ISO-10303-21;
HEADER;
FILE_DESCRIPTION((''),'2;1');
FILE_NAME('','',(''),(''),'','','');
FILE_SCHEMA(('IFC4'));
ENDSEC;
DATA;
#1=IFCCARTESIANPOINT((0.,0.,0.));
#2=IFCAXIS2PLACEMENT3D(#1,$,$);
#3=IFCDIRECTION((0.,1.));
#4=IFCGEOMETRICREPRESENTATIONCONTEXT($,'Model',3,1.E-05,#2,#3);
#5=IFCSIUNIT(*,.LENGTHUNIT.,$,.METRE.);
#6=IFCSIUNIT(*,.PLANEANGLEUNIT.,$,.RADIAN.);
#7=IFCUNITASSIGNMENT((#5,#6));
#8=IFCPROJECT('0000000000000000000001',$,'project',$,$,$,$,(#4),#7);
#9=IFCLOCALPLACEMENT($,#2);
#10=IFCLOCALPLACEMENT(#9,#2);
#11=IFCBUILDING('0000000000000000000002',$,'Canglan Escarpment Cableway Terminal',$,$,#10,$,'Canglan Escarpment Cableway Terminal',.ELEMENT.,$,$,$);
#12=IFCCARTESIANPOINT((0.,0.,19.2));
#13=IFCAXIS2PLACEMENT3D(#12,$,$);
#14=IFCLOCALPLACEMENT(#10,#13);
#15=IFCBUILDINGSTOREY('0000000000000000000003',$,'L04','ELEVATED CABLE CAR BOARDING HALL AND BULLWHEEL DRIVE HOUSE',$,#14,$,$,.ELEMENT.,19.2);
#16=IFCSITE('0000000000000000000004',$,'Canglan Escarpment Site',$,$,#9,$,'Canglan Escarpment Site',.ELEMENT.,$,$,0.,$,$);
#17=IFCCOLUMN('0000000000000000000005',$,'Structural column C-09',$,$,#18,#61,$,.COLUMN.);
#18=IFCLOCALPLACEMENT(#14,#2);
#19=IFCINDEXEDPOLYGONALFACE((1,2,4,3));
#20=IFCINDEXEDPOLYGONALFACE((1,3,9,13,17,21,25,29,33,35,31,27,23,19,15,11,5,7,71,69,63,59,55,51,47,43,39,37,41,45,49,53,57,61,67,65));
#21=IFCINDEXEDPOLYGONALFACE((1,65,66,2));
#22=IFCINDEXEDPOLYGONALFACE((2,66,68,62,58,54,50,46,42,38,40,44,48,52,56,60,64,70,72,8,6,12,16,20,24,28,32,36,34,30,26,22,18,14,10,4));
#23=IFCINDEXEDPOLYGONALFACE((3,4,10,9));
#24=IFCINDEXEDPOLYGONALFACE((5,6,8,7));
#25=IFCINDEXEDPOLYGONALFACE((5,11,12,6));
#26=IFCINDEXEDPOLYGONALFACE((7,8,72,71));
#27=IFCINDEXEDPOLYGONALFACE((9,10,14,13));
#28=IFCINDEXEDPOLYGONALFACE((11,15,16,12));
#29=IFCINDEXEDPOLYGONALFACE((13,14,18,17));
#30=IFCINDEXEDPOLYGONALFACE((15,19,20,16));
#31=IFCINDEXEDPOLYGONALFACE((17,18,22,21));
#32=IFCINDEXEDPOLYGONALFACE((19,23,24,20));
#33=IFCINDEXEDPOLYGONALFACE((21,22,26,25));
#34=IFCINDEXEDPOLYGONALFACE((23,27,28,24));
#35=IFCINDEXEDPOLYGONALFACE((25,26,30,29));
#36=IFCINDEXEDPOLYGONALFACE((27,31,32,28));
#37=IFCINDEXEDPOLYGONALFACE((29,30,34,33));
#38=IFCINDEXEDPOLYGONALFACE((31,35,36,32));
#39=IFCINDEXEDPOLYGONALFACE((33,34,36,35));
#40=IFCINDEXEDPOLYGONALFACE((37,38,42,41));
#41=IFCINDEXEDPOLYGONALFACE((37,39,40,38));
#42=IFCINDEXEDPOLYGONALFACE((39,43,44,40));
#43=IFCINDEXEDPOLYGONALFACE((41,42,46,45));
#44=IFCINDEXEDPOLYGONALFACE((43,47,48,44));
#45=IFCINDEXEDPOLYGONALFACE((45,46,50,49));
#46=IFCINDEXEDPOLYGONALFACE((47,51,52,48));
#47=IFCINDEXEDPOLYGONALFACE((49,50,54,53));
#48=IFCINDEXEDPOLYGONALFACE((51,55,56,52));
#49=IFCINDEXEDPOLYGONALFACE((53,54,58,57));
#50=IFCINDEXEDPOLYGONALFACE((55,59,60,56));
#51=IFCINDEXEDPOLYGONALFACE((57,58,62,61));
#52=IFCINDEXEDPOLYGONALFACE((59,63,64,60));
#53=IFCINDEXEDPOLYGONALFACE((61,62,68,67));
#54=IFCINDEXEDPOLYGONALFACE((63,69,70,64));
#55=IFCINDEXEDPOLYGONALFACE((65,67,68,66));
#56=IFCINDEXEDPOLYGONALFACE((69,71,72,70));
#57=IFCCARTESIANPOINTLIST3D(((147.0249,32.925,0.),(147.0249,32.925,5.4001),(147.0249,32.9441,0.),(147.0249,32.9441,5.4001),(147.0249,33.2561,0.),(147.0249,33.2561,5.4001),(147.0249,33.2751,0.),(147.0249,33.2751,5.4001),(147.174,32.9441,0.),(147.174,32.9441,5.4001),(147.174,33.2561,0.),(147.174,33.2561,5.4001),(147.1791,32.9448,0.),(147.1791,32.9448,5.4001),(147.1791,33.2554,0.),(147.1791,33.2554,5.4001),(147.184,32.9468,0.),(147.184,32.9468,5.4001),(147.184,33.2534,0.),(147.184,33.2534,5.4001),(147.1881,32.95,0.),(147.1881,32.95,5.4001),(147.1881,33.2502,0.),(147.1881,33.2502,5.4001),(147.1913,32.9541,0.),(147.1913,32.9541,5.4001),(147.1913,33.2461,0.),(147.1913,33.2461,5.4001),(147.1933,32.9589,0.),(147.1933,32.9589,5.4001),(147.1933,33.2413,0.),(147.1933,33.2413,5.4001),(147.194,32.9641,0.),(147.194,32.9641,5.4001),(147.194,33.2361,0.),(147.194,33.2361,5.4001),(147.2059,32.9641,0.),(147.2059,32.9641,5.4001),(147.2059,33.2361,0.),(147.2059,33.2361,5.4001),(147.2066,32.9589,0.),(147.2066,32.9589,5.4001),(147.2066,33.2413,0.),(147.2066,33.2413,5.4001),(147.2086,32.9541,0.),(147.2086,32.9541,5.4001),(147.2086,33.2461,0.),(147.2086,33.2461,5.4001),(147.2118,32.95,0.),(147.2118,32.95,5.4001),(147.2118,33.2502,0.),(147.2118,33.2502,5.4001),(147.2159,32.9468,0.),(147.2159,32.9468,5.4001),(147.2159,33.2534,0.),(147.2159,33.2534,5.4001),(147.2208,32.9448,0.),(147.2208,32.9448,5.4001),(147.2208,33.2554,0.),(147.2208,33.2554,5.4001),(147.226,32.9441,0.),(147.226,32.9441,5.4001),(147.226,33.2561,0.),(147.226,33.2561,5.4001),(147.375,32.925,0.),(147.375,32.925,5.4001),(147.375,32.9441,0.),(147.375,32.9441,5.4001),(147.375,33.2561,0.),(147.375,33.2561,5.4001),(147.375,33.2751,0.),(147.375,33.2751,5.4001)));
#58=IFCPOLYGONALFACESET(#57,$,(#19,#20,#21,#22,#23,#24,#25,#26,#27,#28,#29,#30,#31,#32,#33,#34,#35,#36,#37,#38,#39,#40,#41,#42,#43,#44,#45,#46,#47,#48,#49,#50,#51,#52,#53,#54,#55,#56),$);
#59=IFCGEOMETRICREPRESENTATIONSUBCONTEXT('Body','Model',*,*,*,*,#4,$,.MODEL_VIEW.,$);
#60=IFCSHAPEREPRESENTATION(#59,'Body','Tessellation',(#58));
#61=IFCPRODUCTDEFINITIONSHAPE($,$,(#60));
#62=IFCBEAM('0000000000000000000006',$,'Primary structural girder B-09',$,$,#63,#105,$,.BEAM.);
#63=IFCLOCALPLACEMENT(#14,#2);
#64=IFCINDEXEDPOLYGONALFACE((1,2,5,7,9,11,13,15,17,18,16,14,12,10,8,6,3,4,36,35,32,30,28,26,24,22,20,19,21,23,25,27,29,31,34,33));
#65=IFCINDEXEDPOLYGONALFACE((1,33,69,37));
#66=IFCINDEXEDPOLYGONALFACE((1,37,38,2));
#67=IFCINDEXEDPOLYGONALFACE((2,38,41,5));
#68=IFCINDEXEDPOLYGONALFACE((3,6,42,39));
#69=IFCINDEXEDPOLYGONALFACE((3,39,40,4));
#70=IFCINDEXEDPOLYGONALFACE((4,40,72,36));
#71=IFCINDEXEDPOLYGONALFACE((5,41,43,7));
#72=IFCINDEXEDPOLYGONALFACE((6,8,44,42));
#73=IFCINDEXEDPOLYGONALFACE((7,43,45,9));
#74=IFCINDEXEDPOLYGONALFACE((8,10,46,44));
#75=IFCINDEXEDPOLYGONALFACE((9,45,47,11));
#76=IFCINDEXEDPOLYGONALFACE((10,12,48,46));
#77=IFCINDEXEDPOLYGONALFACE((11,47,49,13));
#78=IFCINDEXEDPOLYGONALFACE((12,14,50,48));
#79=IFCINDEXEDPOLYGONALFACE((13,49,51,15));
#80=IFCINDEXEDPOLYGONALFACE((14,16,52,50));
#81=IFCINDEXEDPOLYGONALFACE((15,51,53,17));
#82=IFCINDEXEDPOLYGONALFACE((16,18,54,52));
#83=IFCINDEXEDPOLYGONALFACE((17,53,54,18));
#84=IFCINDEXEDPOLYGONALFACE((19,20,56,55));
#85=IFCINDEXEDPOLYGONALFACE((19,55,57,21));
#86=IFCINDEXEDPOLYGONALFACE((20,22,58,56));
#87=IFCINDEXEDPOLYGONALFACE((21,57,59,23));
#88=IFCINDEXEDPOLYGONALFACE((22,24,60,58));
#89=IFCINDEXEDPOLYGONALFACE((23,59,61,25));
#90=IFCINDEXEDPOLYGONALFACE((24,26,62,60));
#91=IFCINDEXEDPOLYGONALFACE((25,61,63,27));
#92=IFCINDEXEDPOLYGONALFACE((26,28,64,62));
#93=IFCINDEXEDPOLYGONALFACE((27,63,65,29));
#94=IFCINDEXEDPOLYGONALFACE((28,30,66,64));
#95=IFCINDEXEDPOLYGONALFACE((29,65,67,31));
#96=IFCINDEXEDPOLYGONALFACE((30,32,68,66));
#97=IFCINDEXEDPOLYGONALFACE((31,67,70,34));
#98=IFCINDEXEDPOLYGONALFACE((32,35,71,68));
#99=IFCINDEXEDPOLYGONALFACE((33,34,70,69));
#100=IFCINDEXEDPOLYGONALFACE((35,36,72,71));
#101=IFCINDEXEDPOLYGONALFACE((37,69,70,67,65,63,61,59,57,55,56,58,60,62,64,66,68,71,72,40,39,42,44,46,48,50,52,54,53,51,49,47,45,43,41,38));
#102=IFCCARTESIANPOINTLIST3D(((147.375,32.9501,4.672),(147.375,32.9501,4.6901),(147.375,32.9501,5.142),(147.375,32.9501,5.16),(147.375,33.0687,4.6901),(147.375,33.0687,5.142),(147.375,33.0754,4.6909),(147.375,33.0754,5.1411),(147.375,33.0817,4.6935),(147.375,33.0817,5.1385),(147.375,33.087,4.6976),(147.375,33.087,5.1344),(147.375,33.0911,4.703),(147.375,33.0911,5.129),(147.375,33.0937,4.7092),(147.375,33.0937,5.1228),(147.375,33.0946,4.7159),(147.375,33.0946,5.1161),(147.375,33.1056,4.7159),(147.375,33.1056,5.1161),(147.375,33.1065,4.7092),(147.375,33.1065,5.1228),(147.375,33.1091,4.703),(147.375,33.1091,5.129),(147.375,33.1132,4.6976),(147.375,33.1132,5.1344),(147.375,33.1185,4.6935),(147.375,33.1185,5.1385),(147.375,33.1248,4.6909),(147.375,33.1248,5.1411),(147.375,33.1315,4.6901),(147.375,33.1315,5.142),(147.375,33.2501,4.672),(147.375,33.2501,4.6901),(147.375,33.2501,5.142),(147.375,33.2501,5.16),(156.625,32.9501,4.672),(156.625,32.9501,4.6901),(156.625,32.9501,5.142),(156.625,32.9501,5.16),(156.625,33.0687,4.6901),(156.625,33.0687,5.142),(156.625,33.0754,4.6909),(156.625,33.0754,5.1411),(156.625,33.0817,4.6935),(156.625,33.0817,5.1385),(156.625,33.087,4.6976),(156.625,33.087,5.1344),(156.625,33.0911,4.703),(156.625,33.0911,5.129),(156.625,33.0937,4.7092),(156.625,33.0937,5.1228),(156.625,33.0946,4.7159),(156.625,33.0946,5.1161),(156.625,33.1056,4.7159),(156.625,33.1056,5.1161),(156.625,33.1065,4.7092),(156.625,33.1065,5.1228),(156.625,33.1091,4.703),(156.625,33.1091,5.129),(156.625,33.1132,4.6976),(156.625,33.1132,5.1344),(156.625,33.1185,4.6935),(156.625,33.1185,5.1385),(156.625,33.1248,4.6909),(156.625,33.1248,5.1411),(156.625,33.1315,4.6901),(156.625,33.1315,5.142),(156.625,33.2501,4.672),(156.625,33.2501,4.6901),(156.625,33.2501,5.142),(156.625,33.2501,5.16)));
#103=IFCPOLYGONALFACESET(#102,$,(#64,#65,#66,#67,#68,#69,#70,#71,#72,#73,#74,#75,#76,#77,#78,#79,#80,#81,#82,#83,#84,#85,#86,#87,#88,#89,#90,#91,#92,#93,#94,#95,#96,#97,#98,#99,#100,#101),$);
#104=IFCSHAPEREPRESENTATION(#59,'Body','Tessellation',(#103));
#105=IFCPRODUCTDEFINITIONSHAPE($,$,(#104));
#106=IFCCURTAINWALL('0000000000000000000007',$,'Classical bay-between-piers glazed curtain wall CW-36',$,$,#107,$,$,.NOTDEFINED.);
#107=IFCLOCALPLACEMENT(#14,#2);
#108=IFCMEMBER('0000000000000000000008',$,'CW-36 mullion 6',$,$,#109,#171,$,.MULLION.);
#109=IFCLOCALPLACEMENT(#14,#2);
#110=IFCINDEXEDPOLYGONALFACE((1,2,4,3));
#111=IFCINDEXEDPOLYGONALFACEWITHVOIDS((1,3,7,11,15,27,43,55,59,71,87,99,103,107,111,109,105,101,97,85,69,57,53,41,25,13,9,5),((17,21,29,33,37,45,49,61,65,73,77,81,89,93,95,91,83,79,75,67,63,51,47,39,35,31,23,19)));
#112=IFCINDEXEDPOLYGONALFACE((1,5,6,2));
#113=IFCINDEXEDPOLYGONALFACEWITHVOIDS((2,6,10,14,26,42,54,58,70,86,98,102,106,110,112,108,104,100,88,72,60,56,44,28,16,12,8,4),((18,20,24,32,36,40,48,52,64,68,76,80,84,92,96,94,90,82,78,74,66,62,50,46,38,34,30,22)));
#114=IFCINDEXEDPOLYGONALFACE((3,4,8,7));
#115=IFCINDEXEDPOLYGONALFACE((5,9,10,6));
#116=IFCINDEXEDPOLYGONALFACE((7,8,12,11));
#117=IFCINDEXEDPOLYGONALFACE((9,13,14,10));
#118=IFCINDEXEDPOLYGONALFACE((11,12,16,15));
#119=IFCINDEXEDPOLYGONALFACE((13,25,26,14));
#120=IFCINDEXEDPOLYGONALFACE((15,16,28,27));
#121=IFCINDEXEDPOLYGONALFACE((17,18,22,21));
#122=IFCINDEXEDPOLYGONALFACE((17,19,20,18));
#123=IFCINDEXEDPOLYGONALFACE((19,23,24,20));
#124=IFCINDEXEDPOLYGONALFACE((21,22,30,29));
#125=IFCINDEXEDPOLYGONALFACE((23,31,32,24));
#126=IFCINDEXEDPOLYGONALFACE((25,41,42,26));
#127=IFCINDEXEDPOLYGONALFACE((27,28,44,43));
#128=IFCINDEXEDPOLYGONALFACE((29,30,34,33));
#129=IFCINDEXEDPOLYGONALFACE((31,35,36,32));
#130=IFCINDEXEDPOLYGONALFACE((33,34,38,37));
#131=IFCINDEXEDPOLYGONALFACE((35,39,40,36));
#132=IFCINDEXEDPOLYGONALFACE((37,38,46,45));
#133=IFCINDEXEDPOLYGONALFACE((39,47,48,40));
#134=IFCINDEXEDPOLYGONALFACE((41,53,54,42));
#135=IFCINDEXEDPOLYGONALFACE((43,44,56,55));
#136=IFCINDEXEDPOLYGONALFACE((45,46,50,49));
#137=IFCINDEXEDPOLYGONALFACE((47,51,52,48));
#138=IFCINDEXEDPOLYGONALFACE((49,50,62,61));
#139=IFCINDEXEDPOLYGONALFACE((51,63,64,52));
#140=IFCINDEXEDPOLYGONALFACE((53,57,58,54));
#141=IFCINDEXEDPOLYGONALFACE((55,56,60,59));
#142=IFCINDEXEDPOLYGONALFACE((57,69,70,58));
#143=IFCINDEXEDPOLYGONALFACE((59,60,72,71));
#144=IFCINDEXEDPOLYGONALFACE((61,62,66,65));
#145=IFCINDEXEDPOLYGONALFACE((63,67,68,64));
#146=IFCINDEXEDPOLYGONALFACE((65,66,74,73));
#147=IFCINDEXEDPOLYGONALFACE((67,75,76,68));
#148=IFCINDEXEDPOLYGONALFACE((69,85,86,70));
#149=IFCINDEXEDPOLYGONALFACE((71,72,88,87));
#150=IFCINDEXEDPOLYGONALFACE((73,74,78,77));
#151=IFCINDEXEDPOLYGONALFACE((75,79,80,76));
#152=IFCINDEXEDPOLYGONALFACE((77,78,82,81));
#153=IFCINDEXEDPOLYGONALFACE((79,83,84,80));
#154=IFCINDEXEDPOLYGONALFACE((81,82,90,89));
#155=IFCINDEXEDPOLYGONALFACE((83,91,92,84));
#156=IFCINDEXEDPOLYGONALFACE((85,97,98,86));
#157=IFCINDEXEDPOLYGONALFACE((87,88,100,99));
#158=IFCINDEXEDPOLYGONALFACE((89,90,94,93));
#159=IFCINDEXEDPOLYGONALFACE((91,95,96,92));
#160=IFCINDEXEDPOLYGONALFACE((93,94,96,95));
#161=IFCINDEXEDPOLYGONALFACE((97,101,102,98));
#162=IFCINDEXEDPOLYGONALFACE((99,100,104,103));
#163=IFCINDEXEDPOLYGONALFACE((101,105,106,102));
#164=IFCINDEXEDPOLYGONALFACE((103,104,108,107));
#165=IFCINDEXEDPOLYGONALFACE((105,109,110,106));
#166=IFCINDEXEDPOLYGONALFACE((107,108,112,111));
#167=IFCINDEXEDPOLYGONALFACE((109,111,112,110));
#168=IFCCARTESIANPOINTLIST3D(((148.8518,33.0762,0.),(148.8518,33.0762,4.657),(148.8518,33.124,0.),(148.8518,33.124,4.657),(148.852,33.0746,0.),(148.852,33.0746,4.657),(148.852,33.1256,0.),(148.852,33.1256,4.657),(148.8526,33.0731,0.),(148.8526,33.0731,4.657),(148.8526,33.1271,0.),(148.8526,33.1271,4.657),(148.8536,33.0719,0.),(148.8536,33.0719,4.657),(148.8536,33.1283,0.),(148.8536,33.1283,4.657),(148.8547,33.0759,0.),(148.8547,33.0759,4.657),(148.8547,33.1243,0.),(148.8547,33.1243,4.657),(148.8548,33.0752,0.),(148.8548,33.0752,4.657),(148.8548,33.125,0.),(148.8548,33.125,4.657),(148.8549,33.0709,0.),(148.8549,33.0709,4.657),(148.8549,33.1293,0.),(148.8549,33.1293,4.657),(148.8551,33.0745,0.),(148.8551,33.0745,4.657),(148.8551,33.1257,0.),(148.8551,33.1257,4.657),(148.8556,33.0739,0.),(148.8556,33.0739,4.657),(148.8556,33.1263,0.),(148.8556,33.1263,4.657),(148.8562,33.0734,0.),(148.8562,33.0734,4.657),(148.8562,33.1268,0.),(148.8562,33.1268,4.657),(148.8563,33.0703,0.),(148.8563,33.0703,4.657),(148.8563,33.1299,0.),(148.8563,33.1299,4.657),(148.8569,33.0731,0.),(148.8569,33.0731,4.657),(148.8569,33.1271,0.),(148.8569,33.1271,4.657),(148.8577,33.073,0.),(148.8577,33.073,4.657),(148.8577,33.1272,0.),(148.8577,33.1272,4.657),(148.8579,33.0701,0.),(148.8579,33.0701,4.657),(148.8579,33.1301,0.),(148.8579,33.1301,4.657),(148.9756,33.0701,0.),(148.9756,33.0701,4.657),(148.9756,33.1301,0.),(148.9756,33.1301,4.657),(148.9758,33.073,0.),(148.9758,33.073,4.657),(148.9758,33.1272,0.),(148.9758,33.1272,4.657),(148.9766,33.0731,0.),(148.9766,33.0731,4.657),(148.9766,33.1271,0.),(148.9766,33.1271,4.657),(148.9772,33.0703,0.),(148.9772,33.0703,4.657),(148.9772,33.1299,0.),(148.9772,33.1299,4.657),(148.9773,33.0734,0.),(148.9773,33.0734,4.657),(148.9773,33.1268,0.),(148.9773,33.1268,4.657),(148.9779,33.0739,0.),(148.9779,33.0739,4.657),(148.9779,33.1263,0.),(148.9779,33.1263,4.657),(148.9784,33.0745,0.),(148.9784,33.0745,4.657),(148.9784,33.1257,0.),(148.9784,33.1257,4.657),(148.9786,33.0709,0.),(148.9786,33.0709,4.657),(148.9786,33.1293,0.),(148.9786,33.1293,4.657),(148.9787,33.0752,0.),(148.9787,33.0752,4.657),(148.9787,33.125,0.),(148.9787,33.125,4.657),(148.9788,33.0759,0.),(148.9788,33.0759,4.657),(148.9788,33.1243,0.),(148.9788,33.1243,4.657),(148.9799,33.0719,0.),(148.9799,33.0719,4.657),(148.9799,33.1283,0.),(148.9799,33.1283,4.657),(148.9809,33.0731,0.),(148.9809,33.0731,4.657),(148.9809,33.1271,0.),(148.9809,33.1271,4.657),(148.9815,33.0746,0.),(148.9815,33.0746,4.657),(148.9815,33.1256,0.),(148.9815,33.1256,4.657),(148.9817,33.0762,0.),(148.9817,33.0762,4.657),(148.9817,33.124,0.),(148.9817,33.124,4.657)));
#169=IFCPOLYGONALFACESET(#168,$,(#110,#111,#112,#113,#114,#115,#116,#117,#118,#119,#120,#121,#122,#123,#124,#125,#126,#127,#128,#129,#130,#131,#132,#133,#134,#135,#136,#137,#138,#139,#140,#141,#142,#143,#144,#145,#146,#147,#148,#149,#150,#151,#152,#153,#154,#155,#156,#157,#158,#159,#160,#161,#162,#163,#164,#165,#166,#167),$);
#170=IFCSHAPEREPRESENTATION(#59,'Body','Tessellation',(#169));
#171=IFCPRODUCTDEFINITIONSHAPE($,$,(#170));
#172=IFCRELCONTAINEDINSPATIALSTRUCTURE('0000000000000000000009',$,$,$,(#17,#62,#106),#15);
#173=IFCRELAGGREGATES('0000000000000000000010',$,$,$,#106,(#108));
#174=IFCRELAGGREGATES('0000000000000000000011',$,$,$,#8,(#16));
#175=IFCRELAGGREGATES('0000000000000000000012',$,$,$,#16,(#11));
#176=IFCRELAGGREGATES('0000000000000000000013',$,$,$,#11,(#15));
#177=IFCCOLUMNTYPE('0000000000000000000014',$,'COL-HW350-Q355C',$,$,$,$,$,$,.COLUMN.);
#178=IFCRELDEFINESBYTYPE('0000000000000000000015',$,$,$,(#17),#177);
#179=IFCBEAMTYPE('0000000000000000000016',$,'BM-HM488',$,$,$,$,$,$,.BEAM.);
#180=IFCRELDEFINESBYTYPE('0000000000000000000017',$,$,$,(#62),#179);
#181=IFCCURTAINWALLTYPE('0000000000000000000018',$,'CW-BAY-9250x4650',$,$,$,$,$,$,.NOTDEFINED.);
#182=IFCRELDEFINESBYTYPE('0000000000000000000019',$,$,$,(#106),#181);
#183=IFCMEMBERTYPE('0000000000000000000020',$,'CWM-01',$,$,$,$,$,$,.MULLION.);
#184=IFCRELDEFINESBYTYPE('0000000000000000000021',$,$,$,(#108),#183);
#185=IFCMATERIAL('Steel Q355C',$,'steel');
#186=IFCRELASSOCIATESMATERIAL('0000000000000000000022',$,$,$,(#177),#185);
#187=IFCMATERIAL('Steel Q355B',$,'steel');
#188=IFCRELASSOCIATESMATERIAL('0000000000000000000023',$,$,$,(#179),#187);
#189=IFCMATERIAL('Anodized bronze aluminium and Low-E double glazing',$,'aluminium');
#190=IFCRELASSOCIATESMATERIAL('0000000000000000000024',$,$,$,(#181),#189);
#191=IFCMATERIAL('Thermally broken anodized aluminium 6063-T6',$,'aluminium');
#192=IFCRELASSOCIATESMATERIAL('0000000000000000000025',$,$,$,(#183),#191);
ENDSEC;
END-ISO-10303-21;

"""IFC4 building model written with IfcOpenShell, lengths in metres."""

from ifc_helpers import new_model, si_unit, direction, frame, origin, origin_2d, place, context, subcontext, project, spatial, hollow_rectangle, i_section, extrude, material, material_profile, profile_set, type_object, element, aggregate, save


model = new_model("IFC4")

# Units and contexts
model_context = context("Model", 3, precision=1e-05, world=origin(), true_north=direction((0.0, 1.0)))
body_context = subcontext(model_context, "Body", "Model", "MODEL_VIEW")
ifc_project = project(units=[si_unit("LENGTHUNIT", "METRE"), si_unit("PLANEANGLEUNIT", "RADIAN")], contexts=[model_context])

# Site, building, storey
site_placement = place(None, origin())
site = spatial("IfcSite", under=ifc_project, at=site_placement, Name="Canglan Escarpment Site", LongName="Canglan Escarpment Site", CompositionType="ELEMENT", RefElevation=0.0)
building_placement = place(site_placement, origin())
building = spatial("IfcBuilding", under=site, at=building_placement, Name="Canglan Escarpment Cableway Terminal", LongName="Canglan Escarpment Cableway Terminal", CompositionType="ELEMENT")
storey_placement = place(building_placement, frame((0.0, 0.0, 19.2)))
storey = spatial("IfcBuildingStorey", under=building, at=storey_placement, Name="L04", Description="ELEVATED CABLE CAR BOARDING HALL AND BULLWHEEL DRIVE HOUSE", CompositionType="ELEMENT", Elevation=19.2)

# Column
ifc_material_1 = material(Name="Steel Q355C", Category="steel")
ifc_material_profile_1 = material_profile(ifc_material_1, i_section(OverallWidth=0.3501, OverallDepth=0.3501, WebThickness=0.012, FlangeThickness=0.019, FilletRadius=0.02, at=origin_2d()), Name="HW 350x350x12x19")
ifc_profile_set_1 = profile_set([ifc_material_profile_1], Name="Steel Q355C")
column_type = type_object("IfcColumnType", Name="COL-HW350-Q355C", PredefinedType="COLUMN", material=ifc_profile_set_1)
column_placement = place(storey_placement, frame((147.2, 33.1001, 0.0), z_axis=(0.0, 0.0, 1.0), x_axis=(1.0, 0.0, 0.0)))
element("IfcColumn", 1, at=column_placement, inside=storey, type_object=column_type, Name="Structural column C-09", PredefinedType="COLUMN", context=body_context, shape_type="SweptSolid", body=[
    extrude(i_section(OverallWidth=0.3501, OverallDepth=0.3501, WebThickness=0.012, FlangeThickness=0.019, FilletRadius=0.02, at=origin_2d()), origin(), (0.0, 0.0, 1.0), 5.4001),
])

# Beam
ifc_material_2 = material(Name="Steel Q355B", Category="steel")
ifc_material_profile_2 = material_profile(ifc_material_2, i_section(OverallWidth=0.3, OverallDepth=0.488, WebThickness=0.011, FlangeThickness=0.0181, FilletRadius=0.0259, at=origin_2d()), Name="HM 488x300x11x18")
ifc_profile_set_2 = profile_set([ifc_material_profile_2], Name="Steel Q355B")
beam_type_1 = type_object("IfcBeamType", Name="BM-HM488", PredefinedType="BEAM", material=ifc_profile_set_2)
beam_placement = place(storey_placement, frame((147.375, 33.1001, 4.916), z_axis=(1.0, 0.0, 0.0), x_axis=(0.0, 1.0, 0.0)))
element("IfcBeam", 2, at=beam_placement, inside=storey, type_object=beam_type_1, Name="Primary structural girder B-09", PredefinedType="BEAM", context=body_context, shape_type="SweptSolid", body=[
    extrude(i_section(OverallWidth=0.3, OverallDepth=0.488, WebThickness=0.011, FlangeThickness=0.0181, FilletRadius=0.0259, at=origin_2d()), origin(), (0.0, 0.0, 1.0), 9.25),
])

# Curtain wall, member
ifc_material_3 = material(Name="Anodized bronze aluminium and Low-E double glazing", Category="aluminium")
curtain_wall_type_1 = type_object("IfcCurtainWallType", Name="CW-BAY-9250x4650", PredefinedType="NOTDEFINED", material=ifc_material_3)
curtain_wall_1_placement = place(storey_placement, origin())
curtain_wall_1 = element("IfcCurtainWall", 3, at=curtain_wall_1_placement, inside=storey, type_object=curtain_wall_type_1, Name="Classical bay-between-piers glazed curtain wall CW-36", PredefinedType="NOTDEFINED")
ifc_material_4 = material(Name="Thermally broken anodized aluminium 6063-T6", Category="aluminium")
ifc_material_profile_3 = material_profile(ifc_material_4, hollow_rectangle(XDim=0.0601, YDim=0.1299, WallThickness=0.0029, InnerFilletRadius=0.0029, OuterFilletRadius=0.0061, at=origin_2d()), Name="ALU-MULL 60x130x3")
ifc_profile_set_3 = profile_set([ifc_material_profile_3], Name="Thermally broken anodized aluminium 6063-T6")
member_type_1 = type_object("IfcMemberType", Name="CWM-01", PredefinedType="MULLION", material=ifc_profile_set_3)
member_1_placement = place(storey_placement, frame((148.9167, 33.1001, 0.0), z_axis=(0.0, 0.0, 1.0), x_axis=(0.0, -1.0, 0.0)))
member_1 = element("IfcMember", 4, at=member_1_placement, type_object=member_type_1, Name="CW-36 mullion 6", PredefinedType="MULLION", context=body_context, shape_type="SweptSolid", body=[
    extrude(hollow_rectangle(XDim=0.0601, YDim=0.1299, WallThickness=0.0029, InnerFilletRadius=0.0029, OuterFilletRadius=0.0061, at=origin_2d()), origin(), (0.0, 0.0, 1.0), 4.657),
])

aggregate(curtain_wall_1, [member_1])

save(model, "model.ifc")
